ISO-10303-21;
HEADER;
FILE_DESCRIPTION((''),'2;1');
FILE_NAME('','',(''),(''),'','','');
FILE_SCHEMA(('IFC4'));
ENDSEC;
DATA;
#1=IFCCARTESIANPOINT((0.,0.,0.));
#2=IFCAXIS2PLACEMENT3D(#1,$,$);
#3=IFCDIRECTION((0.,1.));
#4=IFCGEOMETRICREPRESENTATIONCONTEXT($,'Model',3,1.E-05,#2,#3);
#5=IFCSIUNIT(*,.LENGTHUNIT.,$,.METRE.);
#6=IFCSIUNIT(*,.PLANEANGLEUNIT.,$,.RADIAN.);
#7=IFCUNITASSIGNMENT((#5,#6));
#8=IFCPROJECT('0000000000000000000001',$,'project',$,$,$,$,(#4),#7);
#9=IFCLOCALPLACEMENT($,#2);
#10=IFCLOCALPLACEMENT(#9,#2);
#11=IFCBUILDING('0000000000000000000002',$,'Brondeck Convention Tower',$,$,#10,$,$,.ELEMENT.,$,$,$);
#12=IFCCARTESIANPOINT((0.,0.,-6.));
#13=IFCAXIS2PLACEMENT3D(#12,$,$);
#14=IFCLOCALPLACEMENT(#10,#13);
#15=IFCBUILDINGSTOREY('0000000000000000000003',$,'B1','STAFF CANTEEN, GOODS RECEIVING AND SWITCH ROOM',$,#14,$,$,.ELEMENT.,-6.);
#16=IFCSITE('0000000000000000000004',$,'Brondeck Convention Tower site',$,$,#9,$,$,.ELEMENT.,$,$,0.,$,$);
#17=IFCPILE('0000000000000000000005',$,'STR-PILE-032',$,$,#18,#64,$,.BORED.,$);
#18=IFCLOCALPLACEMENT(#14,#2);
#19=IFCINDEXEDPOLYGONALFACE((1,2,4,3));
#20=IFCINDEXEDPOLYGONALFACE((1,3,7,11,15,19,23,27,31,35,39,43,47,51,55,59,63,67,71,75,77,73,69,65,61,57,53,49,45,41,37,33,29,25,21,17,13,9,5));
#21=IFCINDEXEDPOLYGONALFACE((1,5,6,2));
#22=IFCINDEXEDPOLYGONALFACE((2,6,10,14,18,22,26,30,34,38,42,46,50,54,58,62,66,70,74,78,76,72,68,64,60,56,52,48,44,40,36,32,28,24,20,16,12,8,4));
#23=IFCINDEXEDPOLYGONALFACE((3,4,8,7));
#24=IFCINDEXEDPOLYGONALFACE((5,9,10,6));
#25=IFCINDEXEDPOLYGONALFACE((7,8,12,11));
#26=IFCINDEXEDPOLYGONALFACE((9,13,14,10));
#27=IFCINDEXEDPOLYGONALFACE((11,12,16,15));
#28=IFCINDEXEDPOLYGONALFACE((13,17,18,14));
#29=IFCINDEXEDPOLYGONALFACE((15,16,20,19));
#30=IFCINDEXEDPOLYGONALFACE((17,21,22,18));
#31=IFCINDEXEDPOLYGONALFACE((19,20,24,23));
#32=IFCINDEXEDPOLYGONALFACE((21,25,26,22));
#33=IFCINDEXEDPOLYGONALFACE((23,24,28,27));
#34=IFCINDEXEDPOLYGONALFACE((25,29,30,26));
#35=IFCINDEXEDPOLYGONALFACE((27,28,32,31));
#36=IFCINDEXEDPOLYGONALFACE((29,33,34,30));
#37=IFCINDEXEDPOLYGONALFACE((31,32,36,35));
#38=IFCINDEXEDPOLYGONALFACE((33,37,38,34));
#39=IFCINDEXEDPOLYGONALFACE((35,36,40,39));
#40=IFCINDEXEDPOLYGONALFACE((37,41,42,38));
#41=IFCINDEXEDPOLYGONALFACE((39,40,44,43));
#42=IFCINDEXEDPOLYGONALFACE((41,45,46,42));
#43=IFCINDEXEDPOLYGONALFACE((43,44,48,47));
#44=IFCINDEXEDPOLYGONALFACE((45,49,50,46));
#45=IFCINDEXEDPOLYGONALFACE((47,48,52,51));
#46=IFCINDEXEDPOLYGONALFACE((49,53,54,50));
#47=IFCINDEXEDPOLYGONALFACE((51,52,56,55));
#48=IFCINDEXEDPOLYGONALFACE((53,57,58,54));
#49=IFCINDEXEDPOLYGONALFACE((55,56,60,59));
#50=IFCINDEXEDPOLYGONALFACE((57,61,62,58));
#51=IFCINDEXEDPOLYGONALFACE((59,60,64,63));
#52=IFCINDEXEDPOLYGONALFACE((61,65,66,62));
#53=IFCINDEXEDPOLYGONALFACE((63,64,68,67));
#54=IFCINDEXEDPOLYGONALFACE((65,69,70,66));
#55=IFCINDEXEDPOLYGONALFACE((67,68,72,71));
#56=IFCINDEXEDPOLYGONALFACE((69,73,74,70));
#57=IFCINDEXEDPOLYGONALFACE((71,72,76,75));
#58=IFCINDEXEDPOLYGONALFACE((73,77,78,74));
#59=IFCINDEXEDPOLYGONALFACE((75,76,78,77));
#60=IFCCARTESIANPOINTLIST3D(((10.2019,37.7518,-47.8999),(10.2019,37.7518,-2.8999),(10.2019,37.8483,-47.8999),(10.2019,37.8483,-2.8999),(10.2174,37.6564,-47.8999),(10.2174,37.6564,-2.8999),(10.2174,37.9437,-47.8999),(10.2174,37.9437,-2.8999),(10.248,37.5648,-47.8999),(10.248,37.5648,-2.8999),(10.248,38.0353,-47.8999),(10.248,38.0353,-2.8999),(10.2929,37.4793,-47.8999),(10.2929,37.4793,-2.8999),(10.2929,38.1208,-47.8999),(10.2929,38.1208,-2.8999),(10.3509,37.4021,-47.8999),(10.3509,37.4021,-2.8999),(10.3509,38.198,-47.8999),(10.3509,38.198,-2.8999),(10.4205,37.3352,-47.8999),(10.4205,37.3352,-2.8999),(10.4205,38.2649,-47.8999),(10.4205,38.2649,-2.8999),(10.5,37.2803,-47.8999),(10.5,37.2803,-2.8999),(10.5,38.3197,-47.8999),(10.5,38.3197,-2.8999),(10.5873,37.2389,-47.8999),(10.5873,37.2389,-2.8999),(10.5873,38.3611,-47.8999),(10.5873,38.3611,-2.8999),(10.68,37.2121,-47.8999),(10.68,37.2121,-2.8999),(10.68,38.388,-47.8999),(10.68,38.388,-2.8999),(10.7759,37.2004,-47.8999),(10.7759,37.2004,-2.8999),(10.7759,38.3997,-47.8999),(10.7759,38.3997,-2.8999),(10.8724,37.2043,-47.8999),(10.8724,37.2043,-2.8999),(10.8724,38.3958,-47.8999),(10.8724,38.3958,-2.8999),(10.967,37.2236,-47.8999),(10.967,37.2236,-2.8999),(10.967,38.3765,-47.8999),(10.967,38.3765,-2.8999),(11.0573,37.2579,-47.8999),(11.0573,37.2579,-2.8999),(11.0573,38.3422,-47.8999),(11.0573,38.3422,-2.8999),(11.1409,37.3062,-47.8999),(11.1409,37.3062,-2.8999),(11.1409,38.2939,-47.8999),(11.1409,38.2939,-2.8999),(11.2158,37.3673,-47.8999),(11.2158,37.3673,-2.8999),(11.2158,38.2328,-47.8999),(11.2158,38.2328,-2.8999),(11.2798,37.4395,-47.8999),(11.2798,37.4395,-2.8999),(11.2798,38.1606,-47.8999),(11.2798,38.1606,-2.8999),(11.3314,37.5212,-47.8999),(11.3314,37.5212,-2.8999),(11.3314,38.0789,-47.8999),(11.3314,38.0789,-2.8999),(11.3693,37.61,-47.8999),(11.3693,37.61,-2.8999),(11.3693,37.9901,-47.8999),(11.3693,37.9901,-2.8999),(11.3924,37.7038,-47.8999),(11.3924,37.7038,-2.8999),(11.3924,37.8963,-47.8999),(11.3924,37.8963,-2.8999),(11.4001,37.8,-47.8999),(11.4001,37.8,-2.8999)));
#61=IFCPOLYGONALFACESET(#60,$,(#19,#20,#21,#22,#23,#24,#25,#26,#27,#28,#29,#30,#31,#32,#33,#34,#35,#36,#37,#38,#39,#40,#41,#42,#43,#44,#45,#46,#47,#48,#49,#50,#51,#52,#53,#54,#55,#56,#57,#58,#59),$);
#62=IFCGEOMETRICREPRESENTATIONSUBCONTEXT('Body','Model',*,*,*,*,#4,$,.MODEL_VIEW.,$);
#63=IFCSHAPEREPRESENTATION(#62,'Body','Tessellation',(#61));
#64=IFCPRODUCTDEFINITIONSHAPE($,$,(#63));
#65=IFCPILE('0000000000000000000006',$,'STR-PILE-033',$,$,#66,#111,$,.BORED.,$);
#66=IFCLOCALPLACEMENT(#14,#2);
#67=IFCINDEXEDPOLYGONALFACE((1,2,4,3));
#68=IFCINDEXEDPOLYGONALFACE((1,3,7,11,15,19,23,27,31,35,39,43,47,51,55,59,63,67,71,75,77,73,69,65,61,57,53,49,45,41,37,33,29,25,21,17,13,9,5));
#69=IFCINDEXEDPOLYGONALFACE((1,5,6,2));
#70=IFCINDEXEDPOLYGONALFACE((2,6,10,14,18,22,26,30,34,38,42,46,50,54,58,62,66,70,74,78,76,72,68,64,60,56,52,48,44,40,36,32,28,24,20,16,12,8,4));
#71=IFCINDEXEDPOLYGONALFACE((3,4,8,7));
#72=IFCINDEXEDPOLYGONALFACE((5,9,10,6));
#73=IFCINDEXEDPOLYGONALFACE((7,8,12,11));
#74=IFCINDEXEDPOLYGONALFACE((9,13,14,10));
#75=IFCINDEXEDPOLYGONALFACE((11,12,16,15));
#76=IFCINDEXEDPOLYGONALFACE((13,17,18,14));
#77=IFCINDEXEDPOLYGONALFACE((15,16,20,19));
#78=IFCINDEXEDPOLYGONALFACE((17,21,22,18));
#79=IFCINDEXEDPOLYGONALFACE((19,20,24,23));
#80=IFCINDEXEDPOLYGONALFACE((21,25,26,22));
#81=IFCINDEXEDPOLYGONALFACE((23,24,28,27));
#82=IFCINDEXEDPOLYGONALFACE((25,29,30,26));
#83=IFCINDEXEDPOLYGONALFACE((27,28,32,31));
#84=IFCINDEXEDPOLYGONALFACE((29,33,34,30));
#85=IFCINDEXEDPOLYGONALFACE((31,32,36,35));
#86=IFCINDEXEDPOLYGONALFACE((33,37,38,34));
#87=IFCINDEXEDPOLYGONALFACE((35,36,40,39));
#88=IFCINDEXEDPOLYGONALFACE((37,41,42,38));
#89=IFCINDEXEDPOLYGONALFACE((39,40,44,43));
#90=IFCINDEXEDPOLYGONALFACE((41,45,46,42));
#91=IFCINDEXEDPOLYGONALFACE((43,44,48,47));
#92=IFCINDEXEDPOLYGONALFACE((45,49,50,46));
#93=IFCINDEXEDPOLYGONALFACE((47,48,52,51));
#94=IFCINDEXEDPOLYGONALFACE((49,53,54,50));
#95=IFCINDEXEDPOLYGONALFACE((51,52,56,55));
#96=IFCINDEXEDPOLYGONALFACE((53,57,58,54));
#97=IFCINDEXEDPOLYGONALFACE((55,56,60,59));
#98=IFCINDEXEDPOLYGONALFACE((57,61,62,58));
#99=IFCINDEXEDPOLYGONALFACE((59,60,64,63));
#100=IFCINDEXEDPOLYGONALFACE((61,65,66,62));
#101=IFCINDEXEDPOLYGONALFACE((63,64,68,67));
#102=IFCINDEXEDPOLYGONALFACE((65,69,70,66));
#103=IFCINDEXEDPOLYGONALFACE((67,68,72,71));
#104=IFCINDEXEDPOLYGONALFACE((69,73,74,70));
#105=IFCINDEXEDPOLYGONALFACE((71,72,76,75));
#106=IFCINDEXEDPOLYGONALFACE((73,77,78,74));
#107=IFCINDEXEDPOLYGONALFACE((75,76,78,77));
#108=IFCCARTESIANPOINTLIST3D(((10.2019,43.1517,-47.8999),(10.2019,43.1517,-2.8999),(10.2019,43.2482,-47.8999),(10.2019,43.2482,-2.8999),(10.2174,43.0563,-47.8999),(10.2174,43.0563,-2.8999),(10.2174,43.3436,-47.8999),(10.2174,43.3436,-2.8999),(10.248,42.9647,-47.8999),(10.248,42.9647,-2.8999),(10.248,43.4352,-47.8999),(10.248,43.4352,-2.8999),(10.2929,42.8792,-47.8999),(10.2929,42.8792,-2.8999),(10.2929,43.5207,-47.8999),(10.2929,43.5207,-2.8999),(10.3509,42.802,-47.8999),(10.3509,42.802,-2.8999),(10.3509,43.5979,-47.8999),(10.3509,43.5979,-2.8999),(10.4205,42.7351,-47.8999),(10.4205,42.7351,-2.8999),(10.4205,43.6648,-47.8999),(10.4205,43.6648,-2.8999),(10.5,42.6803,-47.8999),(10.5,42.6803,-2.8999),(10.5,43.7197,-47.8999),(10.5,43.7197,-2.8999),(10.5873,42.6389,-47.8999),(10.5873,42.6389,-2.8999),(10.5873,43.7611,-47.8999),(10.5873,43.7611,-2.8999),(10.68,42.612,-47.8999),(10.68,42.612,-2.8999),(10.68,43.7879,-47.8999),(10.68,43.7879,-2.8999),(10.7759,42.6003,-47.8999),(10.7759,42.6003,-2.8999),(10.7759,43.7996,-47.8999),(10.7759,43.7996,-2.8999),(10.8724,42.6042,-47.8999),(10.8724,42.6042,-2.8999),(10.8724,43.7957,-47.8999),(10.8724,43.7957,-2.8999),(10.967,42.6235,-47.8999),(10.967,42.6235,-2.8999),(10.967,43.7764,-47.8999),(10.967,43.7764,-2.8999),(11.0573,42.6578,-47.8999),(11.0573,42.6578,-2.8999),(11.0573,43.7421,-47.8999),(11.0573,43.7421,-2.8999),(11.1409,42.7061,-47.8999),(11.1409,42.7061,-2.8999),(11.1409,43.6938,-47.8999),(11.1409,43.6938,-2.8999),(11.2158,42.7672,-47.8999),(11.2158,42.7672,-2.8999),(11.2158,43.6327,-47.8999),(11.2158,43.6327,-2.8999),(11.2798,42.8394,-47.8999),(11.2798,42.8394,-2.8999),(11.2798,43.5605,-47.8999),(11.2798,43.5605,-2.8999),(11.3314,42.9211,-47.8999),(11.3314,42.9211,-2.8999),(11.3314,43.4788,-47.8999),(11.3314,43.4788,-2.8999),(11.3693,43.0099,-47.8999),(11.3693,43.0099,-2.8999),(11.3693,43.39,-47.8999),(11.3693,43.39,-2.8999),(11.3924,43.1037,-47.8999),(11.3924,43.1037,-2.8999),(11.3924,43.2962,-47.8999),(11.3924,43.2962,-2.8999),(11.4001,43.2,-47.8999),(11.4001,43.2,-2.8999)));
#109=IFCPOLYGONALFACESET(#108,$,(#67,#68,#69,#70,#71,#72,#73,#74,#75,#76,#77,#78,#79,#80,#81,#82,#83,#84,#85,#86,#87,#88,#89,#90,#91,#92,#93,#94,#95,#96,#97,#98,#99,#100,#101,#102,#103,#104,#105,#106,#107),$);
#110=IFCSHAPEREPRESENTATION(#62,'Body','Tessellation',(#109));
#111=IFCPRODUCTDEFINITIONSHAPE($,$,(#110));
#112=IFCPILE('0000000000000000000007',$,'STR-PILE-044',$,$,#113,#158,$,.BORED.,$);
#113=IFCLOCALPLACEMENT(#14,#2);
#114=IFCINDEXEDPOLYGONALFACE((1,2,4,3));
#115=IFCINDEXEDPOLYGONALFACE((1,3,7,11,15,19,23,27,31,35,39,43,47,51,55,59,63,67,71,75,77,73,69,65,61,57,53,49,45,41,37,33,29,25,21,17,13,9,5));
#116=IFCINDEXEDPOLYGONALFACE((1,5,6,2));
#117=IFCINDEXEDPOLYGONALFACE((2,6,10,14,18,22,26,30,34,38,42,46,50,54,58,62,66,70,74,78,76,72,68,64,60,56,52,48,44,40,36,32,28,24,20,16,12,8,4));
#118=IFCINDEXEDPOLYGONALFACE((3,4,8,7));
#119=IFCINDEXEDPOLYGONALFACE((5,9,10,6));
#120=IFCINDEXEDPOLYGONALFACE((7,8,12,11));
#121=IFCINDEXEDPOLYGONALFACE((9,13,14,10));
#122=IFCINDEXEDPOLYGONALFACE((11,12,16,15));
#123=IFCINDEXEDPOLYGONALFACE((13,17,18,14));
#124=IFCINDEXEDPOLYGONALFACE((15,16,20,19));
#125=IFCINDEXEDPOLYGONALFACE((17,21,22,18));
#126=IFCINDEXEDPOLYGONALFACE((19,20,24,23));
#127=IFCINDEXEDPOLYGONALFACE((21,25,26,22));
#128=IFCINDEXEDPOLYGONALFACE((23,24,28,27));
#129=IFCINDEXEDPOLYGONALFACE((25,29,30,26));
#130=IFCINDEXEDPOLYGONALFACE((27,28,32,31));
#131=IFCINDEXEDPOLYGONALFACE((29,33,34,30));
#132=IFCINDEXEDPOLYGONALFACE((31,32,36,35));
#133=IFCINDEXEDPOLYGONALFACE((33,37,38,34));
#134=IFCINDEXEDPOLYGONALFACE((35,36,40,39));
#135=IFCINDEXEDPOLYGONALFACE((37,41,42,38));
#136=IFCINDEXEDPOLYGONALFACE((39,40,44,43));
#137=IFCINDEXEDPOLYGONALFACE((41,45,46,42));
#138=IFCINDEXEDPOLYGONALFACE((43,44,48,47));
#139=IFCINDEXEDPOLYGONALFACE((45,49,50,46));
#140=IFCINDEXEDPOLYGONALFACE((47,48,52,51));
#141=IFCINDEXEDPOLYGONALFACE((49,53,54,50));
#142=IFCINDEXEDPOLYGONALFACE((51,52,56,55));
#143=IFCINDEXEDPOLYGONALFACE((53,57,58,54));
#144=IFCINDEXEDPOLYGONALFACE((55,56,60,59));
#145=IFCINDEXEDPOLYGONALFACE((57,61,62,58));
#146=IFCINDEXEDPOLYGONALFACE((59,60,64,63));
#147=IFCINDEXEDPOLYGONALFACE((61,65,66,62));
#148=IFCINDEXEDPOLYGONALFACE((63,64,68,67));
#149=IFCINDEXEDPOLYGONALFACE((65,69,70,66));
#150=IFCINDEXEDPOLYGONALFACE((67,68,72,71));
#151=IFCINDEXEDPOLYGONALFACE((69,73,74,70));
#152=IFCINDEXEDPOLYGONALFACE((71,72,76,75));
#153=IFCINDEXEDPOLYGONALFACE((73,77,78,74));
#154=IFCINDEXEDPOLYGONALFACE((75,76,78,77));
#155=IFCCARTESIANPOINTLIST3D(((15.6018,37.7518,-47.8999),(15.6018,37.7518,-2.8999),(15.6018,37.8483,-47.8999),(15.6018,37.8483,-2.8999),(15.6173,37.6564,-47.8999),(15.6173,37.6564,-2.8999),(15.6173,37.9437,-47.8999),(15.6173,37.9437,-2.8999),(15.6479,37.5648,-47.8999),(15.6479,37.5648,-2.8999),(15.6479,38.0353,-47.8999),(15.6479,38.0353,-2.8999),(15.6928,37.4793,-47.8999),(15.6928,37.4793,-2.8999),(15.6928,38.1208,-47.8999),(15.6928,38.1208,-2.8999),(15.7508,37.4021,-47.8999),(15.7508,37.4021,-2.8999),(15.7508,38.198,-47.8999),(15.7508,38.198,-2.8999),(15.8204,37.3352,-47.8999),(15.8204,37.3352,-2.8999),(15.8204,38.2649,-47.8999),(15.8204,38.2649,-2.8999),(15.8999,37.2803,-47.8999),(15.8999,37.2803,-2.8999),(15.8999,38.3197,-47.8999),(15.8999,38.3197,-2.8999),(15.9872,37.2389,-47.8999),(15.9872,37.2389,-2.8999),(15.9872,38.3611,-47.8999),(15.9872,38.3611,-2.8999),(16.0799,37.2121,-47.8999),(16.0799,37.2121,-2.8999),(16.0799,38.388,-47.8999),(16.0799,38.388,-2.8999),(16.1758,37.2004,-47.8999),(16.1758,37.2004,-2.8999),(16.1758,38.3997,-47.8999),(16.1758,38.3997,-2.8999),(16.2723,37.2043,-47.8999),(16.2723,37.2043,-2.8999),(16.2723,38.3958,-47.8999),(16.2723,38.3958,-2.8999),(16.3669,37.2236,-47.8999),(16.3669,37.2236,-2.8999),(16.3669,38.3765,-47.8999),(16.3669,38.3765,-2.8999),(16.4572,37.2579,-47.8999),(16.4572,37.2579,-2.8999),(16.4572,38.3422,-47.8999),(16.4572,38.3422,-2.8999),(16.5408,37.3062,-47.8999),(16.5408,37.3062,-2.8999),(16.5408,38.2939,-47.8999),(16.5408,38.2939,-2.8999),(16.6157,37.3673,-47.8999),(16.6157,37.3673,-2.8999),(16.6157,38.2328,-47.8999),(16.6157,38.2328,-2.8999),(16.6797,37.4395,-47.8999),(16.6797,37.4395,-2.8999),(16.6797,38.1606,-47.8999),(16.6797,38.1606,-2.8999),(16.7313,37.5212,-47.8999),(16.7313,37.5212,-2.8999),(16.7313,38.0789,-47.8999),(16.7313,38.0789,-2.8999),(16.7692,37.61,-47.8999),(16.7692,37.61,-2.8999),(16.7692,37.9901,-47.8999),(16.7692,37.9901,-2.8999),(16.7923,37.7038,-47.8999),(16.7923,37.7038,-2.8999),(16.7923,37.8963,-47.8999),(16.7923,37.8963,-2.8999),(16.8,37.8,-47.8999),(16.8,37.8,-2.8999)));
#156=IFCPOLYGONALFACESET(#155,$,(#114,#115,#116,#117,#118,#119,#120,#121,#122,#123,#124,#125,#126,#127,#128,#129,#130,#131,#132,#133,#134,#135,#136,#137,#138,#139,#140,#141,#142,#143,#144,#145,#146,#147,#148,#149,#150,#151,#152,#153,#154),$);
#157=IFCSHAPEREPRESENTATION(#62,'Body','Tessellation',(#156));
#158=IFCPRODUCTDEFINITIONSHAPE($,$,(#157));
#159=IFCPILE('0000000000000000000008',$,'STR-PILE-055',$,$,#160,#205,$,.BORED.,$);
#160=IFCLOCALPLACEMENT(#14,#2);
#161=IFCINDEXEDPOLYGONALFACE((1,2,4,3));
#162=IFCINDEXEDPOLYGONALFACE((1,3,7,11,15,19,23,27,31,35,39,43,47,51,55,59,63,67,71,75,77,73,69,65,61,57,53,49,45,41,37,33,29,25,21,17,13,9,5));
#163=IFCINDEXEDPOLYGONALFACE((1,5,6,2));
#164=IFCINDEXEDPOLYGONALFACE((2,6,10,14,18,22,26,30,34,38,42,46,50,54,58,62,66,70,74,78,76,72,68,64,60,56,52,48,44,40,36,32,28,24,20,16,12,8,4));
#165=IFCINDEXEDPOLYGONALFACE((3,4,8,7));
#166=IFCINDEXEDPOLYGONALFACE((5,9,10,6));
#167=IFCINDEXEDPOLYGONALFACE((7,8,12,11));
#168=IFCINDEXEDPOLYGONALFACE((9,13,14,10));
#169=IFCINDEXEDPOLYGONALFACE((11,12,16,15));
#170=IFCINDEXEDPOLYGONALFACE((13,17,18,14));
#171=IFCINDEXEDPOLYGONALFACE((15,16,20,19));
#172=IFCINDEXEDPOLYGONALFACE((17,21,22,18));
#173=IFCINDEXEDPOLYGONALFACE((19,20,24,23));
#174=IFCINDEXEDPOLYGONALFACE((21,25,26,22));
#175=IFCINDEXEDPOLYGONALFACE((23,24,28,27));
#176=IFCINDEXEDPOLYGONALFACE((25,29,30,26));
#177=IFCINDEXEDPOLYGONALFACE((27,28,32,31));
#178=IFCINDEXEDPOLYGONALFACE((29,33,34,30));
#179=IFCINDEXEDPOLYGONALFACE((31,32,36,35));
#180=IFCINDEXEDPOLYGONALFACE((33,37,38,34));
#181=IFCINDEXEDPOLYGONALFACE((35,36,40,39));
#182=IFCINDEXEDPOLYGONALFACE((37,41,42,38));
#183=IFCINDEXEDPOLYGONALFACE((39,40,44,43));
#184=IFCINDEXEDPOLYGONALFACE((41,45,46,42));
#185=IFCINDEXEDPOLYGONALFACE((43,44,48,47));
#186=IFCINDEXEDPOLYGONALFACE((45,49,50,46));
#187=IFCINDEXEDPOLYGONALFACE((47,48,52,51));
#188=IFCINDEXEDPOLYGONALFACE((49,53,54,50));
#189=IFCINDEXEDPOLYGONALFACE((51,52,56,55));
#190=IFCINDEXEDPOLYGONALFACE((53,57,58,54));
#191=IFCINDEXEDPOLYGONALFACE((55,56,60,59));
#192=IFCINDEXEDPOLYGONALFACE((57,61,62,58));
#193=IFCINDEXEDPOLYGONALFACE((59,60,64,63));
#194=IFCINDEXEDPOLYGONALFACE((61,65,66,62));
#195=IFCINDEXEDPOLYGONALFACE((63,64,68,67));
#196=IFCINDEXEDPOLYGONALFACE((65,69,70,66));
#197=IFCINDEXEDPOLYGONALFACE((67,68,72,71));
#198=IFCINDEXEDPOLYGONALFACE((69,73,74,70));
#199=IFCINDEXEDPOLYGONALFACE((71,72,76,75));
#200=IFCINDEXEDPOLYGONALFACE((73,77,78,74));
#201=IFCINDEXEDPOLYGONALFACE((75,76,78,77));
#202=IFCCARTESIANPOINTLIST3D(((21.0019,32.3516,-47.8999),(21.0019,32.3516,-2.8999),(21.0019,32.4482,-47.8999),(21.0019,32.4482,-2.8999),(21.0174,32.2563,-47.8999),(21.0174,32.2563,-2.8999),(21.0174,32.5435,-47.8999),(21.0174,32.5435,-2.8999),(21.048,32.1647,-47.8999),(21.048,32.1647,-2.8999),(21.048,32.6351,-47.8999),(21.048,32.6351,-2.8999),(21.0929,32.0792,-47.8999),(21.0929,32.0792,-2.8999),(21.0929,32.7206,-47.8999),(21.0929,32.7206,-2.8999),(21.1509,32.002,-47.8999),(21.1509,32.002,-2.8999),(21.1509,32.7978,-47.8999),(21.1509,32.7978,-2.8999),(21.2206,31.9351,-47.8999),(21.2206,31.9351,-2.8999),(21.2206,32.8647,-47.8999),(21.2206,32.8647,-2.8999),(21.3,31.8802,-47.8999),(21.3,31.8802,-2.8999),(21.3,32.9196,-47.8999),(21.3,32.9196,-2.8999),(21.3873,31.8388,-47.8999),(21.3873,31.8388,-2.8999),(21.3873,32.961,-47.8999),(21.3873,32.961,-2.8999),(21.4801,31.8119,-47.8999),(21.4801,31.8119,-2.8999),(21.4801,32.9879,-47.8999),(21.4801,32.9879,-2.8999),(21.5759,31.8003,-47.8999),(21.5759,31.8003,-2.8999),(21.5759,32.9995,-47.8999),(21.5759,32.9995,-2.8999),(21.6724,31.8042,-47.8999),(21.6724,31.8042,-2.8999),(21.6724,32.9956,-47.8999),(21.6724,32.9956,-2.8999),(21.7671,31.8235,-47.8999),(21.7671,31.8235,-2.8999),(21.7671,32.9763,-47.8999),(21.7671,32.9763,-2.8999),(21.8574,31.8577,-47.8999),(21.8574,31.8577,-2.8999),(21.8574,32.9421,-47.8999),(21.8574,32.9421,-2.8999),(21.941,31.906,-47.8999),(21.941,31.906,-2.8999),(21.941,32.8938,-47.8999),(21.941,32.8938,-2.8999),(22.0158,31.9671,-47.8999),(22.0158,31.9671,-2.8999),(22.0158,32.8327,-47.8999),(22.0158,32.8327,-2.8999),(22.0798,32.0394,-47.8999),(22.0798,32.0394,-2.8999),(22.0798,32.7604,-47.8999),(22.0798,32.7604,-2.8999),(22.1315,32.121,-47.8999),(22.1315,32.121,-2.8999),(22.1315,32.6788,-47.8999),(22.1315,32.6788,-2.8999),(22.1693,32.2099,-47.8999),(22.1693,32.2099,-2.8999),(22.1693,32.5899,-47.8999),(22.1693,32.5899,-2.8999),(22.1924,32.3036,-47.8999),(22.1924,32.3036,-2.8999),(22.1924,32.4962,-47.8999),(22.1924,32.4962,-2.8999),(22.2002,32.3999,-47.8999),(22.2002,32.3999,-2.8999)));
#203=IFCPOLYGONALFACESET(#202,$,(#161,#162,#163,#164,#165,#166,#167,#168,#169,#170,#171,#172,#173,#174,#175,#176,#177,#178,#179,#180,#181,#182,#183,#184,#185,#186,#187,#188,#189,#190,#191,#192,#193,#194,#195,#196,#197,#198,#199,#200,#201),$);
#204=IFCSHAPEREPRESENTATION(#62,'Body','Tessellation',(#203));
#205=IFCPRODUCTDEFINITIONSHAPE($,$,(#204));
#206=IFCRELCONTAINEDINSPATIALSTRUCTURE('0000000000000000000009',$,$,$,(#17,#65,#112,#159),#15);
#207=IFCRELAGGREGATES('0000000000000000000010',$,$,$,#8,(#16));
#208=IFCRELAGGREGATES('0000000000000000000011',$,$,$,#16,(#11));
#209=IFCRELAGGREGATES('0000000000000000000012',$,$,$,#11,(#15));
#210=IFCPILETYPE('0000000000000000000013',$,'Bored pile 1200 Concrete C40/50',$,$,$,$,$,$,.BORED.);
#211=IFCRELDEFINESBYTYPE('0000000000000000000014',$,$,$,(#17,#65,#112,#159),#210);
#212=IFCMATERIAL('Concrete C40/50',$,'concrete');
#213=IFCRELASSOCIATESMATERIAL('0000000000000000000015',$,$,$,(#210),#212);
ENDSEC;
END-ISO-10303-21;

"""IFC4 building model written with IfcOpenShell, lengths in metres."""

from ifc_helpers import new_model, si_unit, direction, frame, origin, origin_2d, place, context, subcontext, project, spatial, circle, extrude, material, material_profile, profile_set, type_object, element, save


model = new_model("IFC4")

# Units and contexts
model_context = context("Model", 3, precision=1e-05, world=origin(), true_north=direction((0.0, 1.0)))
body_context = subcontext(model_context, "Body", "Model", "MODEL_VIEW")
ifc_project = project(units=[si_unit("LENGTHUNIT", "METRE"), si_unit("PLANEANGLEUNIT", "RADIAN")], contexts=[model_context])

# Site, building, storey
site_placement = place(None, origin())
site = spatial("IfcSite", under=ifc_project, at=site_placement, Name="Brondeck Convention Tower site", CompositionType="ELEMENT", RefElevation=0.0)
building_placement = place(site_placement, origin())
building = spatial("IfcBuilding", under=site, at=building_placement, Name="Brondeck Convention Tower", CompositionType="ELEMENT")
storey_placement = place(building_placement, frame((0.0, 0.0, -6.0)))
storey = spatial("IfcBuildingStorey", under=building, at=storey_placement, Name="B1", Description="STAFF CANTEEN, GOODS RECEIVING AND SWITCH ROOM", CompositionType="ELEMENT", Elevation=-6.0)

# Piles
ifc_material_1 = material(Name="Concrete C40/50", Category="concrete")
ifc_material_profile_1 = material_profile(ifc_material_1, circle(Radius=0.6001, at=origin_2d()), Name="Bored pile 1200 Concrete C40/50")
ifc_profile_set_1 = profile_set([ifc_material_profile_1], Name="Concrete C40/50")
pile_type = type_object("IfcPileType", Name="Bored pile 1200 Concrete C40/50", PredefinedType="BORED", material=ifc_profile_set_1)
for number, where, z_axis, x_axis, name in (
    (1, (10.8, 37.8, -2.8999), (0.0, 0.0, -1.0), (1.0, 0.0, 0.0), "STR-PILE-032"),
    (2, (10.8, 43.2, -2.8999), (0.0, 0.0, -1.0), (1.0, 0.0, 0.0), "STR-PILE-033"),
    (3, (16.2, 37.8, -2.8999), (0.0, 0.0, -1.0), (1.0, 0.0, 0.0), "STR-PILE-044"),
    (4, (21.6001, 32.3999, -2.8999), (0.0, 0.0, -1.0), (1.0, 0.0, 0.0), "STR-PILE-055"),
):
    element("IfcPile", number, at=place(storey_placement, frame(where, z_axis=z_axis, x_axis=x_axis)), inside=storey, type_object=pile_type, Name=name, PredefinedType="BORED", context=body_context, shape_type="SweptSolid", body=[
        extrude(circle(Radius=0.6001, at=origin_2d()), origin(), (0.0, 0.0, 1.0), 45.0),
    ])

save(model, "model.ifc")
